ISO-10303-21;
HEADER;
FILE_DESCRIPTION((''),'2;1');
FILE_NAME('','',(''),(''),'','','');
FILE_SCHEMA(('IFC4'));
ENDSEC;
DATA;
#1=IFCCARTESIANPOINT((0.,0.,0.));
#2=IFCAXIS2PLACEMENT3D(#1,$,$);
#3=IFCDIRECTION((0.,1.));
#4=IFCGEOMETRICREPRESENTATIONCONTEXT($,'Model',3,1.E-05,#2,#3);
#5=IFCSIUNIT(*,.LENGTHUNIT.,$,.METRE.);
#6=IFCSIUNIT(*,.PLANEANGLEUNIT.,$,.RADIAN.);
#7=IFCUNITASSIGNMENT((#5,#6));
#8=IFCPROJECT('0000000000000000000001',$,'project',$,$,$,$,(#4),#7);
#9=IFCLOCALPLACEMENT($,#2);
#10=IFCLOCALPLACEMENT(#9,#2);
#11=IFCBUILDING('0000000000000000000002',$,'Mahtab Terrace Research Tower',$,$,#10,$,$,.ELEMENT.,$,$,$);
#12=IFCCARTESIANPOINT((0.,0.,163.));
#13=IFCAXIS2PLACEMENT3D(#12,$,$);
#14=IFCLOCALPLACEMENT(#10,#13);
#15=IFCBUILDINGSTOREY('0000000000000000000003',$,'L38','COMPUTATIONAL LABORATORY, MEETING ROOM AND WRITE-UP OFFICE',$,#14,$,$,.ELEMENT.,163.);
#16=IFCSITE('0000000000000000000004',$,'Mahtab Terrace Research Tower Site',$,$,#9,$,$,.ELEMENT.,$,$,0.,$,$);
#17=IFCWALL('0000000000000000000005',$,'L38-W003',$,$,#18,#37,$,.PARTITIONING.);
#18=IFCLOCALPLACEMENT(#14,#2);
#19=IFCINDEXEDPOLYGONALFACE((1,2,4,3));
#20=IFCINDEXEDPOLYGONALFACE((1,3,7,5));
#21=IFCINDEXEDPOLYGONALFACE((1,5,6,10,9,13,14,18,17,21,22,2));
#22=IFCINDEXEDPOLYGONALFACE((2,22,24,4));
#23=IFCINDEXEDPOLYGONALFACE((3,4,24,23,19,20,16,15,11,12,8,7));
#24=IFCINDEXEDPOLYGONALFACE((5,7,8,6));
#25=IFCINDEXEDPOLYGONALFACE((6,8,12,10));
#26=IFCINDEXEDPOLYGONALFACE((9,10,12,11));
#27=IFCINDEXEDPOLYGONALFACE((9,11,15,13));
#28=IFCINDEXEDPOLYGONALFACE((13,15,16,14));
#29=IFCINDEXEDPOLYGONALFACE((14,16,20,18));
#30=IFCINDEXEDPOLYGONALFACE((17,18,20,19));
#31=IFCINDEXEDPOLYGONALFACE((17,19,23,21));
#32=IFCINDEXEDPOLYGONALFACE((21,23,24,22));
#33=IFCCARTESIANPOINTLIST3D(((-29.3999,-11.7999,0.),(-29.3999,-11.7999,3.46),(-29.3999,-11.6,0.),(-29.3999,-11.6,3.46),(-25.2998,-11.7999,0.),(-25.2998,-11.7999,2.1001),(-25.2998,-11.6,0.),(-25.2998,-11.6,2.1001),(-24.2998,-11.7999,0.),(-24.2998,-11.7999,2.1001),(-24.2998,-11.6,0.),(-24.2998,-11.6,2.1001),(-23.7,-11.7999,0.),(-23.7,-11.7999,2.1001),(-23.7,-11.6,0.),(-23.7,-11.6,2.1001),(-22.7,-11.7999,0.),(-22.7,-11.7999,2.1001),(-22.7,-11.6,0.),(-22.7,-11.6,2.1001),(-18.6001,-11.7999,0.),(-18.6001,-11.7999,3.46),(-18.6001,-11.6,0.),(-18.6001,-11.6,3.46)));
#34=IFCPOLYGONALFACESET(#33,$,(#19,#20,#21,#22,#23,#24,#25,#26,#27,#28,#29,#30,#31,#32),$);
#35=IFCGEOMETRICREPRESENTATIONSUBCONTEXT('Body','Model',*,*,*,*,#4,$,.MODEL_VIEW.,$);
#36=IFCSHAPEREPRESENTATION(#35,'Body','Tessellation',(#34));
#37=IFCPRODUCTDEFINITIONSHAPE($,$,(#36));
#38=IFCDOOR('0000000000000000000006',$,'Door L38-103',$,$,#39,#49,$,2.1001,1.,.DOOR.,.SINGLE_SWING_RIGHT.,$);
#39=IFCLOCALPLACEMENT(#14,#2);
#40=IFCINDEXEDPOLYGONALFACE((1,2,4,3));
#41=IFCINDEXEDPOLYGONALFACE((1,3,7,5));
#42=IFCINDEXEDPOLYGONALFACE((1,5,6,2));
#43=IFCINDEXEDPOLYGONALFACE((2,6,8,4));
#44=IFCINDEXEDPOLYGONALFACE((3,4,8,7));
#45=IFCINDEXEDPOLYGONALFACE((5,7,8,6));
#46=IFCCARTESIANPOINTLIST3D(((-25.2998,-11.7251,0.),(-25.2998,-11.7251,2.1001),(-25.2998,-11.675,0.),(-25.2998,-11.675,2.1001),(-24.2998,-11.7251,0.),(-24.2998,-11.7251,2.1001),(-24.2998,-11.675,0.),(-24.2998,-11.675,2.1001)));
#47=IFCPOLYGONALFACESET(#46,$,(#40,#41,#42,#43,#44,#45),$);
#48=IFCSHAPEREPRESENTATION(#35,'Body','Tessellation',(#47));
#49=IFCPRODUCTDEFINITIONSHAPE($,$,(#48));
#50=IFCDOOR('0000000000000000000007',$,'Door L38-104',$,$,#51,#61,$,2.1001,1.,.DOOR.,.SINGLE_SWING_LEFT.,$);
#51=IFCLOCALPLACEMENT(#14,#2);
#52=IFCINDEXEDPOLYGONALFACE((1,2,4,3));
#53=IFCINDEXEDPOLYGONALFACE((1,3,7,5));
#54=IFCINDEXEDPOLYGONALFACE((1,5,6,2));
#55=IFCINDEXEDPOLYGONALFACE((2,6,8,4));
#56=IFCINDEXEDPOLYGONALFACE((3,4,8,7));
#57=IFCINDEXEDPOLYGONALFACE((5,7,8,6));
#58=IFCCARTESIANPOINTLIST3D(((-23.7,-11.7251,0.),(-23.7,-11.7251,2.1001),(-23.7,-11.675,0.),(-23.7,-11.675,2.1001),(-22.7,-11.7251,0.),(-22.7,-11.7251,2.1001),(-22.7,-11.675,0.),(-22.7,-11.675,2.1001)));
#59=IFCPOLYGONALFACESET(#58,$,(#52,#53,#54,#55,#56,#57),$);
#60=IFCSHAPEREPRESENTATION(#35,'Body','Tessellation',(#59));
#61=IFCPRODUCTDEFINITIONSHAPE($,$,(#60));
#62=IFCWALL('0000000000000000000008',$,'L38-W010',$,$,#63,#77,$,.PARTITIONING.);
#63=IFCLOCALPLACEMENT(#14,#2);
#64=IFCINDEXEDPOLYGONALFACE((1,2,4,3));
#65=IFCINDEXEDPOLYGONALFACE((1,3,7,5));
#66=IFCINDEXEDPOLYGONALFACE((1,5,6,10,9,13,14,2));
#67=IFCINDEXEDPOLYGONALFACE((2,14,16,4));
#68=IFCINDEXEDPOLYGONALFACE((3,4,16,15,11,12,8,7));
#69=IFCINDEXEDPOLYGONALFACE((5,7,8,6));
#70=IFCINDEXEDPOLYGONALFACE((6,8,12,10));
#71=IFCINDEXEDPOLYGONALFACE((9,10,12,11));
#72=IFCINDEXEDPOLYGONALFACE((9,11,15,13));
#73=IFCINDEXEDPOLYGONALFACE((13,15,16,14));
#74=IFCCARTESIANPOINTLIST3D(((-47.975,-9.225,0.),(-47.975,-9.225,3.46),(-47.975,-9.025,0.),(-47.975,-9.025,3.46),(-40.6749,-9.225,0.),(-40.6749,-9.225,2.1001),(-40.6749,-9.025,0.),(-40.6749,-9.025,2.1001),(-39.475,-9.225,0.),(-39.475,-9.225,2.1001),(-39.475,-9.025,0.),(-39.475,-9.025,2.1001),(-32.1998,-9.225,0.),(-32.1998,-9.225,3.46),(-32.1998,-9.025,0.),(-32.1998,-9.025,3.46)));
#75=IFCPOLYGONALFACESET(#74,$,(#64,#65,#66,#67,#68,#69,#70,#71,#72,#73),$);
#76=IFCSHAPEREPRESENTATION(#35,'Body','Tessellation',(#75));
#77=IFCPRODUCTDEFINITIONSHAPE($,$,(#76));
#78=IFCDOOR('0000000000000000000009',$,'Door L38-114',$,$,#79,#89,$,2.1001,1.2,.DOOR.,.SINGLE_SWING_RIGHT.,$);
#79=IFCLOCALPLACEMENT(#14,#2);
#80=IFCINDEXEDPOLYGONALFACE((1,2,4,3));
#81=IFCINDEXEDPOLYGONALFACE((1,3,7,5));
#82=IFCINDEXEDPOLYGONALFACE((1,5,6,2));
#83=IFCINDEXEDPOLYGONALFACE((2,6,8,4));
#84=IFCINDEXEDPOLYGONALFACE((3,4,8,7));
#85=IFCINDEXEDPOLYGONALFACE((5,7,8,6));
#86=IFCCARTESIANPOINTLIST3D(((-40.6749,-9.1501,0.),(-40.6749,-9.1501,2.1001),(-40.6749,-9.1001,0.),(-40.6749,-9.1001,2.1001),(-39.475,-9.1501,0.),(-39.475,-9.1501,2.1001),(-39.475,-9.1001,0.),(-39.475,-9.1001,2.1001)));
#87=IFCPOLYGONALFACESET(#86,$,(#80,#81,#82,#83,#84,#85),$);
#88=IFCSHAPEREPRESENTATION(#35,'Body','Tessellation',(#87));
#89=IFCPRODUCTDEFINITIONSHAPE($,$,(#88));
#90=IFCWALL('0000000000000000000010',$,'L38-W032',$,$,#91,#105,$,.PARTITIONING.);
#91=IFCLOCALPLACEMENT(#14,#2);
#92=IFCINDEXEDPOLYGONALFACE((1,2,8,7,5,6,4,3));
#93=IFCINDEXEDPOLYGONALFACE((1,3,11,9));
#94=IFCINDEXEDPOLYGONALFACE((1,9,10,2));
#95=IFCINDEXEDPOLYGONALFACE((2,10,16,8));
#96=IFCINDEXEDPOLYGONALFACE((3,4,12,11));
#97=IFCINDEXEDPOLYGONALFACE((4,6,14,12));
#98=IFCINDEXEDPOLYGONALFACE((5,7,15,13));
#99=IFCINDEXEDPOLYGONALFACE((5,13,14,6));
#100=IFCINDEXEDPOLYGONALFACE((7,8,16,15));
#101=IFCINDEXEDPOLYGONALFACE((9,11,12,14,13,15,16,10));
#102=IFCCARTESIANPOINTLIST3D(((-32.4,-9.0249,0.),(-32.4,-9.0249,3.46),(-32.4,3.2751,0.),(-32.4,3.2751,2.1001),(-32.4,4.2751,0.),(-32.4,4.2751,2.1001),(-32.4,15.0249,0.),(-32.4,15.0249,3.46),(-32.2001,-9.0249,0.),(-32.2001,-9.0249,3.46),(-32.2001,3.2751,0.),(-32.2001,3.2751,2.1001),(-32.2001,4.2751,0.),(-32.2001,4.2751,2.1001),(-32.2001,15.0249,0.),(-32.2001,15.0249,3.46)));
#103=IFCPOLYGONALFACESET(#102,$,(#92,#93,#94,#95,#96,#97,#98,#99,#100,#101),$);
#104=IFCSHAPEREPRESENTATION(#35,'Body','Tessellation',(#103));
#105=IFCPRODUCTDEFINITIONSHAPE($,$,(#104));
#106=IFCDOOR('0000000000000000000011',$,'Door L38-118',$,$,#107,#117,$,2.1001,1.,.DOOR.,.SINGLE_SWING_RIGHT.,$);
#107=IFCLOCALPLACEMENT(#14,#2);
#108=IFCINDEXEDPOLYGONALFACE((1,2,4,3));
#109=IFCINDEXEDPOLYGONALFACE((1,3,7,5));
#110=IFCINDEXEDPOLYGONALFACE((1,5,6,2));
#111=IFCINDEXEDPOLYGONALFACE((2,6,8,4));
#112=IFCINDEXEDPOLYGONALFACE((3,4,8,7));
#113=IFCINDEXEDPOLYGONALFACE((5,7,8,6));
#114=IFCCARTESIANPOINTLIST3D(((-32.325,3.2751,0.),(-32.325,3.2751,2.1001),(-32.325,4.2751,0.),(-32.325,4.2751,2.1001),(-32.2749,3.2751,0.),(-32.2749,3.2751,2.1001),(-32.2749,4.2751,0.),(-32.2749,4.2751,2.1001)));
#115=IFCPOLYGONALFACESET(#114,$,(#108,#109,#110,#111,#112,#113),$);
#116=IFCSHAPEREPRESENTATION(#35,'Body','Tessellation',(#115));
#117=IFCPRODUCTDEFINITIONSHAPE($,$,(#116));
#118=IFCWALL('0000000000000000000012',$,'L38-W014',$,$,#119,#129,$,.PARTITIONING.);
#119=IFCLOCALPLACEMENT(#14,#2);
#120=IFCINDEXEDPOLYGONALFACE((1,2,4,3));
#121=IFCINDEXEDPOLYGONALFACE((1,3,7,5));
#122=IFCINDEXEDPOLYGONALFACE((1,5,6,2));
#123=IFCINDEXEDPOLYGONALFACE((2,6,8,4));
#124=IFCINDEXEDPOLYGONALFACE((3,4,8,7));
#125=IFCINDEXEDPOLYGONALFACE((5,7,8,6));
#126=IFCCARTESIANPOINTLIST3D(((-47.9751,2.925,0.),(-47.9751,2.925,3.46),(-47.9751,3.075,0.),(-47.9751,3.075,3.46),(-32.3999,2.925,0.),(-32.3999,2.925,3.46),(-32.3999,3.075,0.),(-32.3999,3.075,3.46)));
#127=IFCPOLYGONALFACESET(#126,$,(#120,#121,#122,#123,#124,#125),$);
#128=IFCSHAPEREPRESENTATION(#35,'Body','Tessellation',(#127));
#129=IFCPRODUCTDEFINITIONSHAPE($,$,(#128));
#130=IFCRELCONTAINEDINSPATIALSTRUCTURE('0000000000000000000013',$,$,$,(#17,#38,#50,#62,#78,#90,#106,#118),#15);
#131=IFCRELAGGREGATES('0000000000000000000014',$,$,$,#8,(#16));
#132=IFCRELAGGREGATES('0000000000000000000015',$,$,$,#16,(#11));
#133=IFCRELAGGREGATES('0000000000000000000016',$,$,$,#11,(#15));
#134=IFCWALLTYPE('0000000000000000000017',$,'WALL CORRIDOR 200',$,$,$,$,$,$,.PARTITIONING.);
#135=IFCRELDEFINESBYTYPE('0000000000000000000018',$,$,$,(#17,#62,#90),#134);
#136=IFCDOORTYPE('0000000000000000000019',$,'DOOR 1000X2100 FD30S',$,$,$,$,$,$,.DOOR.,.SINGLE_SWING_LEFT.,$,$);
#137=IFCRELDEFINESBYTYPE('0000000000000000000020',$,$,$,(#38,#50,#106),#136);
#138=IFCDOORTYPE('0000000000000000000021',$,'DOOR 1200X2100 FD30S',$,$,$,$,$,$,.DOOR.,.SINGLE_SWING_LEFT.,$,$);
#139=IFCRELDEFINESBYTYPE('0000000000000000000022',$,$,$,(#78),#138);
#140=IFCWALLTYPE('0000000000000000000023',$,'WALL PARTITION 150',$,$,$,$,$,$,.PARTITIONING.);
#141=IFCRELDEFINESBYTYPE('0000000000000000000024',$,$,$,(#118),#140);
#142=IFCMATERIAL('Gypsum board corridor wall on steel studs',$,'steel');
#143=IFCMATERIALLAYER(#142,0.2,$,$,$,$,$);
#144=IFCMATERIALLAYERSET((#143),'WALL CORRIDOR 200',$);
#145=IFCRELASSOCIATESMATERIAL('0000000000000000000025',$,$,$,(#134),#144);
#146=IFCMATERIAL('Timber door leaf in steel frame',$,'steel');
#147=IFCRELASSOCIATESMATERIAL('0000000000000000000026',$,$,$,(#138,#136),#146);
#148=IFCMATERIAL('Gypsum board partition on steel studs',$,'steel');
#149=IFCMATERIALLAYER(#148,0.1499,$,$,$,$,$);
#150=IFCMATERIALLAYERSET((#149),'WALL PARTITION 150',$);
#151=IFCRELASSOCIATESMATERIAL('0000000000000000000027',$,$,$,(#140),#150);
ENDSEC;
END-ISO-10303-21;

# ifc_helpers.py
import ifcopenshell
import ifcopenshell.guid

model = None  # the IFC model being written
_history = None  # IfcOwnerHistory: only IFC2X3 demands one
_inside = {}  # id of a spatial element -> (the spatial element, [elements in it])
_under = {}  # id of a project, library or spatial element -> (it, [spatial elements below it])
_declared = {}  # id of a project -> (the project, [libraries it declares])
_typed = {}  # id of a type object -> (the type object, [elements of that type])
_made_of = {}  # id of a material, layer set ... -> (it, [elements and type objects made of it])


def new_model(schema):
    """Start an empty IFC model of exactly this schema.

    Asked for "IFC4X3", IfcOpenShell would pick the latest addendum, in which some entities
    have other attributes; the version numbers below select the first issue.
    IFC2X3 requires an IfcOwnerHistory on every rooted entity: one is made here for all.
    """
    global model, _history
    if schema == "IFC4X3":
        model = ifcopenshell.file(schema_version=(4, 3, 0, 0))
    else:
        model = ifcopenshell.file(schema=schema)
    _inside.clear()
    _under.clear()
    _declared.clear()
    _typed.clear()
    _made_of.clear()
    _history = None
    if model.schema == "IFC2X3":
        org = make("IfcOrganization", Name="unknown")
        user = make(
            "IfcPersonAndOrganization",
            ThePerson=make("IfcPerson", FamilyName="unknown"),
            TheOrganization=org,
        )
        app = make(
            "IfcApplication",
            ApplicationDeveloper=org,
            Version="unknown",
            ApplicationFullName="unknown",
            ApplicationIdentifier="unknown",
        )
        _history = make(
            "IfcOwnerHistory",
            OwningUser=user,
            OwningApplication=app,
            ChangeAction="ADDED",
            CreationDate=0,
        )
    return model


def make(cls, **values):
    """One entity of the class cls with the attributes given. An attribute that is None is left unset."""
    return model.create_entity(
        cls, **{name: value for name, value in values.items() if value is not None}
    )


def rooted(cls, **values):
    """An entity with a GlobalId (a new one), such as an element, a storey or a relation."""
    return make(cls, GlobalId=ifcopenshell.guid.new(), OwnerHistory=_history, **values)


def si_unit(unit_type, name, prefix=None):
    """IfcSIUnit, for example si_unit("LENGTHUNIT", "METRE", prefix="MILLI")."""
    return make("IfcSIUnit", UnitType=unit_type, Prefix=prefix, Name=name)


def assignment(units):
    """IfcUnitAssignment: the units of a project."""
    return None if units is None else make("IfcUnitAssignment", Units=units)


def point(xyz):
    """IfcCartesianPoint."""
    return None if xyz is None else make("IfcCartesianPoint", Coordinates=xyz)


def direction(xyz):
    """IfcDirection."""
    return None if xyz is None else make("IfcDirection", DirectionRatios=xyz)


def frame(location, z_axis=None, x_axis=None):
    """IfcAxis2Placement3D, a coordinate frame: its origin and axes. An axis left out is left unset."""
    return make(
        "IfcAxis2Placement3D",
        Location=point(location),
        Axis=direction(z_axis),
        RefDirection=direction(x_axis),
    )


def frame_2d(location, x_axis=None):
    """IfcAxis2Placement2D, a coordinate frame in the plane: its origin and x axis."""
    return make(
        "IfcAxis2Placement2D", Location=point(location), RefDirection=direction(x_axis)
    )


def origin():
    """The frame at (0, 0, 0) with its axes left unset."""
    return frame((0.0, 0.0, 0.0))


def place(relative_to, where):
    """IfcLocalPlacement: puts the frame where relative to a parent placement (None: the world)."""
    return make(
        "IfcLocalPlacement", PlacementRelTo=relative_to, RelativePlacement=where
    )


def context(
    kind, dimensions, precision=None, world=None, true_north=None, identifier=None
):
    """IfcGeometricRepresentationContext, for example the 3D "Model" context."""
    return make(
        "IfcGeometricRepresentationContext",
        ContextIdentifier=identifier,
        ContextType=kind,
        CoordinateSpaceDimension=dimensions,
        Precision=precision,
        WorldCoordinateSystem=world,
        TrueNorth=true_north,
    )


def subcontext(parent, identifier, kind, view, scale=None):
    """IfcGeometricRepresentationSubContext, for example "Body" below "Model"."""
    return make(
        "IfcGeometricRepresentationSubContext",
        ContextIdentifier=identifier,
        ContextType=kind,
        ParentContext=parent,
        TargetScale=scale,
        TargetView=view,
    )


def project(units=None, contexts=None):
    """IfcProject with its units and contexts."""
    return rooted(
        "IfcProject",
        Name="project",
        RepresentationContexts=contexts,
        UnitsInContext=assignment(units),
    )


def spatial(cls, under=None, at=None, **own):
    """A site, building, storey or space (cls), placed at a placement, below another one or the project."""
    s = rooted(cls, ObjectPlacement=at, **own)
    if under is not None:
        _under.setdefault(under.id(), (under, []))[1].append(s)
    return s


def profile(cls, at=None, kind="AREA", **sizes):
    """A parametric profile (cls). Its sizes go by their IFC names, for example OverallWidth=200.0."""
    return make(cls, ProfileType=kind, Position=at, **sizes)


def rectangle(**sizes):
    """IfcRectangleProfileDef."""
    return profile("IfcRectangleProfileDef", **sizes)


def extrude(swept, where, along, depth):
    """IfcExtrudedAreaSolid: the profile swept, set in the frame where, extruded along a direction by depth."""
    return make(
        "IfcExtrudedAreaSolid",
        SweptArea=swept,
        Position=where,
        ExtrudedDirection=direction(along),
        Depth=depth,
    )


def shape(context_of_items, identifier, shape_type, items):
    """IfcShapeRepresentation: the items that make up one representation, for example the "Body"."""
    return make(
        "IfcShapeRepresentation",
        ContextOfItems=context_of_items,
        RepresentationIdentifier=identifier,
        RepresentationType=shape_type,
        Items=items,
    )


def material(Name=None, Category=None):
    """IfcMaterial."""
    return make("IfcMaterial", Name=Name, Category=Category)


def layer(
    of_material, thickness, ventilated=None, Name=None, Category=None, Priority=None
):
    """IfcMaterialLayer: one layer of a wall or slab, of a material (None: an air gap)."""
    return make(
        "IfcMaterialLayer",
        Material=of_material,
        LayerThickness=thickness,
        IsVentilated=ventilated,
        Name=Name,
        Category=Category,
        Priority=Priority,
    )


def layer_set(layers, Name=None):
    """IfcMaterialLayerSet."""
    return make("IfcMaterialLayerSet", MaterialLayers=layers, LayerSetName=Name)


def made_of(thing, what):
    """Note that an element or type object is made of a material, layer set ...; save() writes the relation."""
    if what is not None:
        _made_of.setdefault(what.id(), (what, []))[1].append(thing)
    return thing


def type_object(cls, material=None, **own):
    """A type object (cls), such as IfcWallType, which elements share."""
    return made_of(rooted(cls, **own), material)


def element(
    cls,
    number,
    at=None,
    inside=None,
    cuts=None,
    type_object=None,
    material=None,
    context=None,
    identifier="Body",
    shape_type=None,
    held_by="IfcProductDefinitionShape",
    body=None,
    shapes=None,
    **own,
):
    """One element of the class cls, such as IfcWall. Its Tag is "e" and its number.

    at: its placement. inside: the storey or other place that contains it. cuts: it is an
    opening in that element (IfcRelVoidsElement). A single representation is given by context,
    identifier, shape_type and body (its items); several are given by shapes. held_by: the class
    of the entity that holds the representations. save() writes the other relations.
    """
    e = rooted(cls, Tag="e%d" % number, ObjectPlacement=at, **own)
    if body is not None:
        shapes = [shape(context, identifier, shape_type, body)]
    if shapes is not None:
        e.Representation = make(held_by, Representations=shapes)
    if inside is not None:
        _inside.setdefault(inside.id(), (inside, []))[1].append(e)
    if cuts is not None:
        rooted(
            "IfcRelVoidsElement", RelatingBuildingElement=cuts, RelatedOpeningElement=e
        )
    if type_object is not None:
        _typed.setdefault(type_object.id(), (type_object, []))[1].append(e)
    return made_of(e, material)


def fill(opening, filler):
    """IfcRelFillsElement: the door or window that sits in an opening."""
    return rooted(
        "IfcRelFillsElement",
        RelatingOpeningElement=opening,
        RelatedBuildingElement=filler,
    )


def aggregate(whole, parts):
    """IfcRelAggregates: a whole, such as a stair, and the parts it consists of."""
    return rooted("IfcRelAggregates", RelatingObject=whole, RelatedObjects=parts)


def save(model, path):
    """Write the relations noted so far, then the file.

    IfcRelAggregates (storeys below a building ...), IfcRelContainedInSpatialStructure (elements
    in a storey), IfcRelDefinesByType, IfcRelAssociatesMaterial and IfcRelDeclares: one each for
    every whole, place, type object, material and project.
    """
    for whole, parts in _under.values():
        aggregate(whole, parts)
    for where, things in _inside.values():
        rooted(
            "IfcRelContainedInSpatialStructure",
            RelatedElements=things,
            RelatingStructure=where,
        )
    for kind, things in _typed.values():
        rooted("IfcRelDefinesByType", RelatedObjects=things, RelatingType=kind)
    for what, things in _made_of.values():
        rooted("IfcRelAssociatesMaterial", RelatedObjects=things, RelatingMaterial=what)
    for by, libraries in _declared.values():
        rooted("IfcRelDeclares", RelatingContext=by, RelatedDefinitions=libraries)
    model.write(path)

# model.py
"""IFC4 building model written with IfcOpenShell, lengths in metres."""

from ifc_helpers import new_model, si_unit, direction, frame, frame_2d, origin, place, context, subcontext, project, spatial, rectangle, extrude, material, layer, layer_set, type_object, element, fill, save


model = new_model("IFC4")

# Units and contexts
model_context = context("Model", 3, precision=1e-05, world=origin(), true_north=direction((0.0, 1.0)))
body_context = subcontext(model_context, "Body", "Model", "MODEL_VIEW")
ifc_project = project(units=[si_unit("LENGTHUNIT", "METRE"), si_unit("PLANEANGLEUNIT", "RADIAN")], contexts=[model_context])

# Site, building, storey
site_placement = place(None, origin())
site = spatial("IfcSite", under=ifc_project, at=site_placement, Name="Mahtab Terrace Research Tower Site", CompositionType="ELEMENT", RefElevation=0.0)
building_placement = place(site_placement, origin())
building = spatial("IfcBuilding", under=site, at=building_placement, Name="Mahtab Terrace Research Tower", CompositionType="ELEMENT")
storey_placement = place(building_placement, frame((0.0, 0.0, 163.0)))
storey = spatial("IfcBuildingStorey", under=building, at=storey_placement, Name="L38", Description="COMPUTATIONAL LABORATORY, MEETING ROOM AND WRITE-UP OFFICE", CompositionType="ELEMENT", Elevation=163.0)

# Shared definitions
ifc_material_1 = material(Name="Gypsum board corridor wall on steel studs", Category="steel")
ifc_layer_1 = layer(ifc_material_1, 0.2)
ifc_layer_set_1 = layer_set([ifc_layer_1], Name="WALL CORRIDOR 200")
wall_type_1 = type_object("IfcWallType", Name="WALL CORRIDOR 200", PredefinedType="PARTITIONING", material=ifc_layer_set_1)
ifc_material_2 = material(Name="Timber door leaf in steel frame", Category="steel")
door_type_1 = type_object("IfcDoorType", Name="DOOR 1200X2100 FD30S", OperationType="SINGLE_SWING_LEFT", PredefinedType="DOOR", material=ifc_material_2)
door_type_2 = type_object("IfcDoorType", Name="DOOR 1000X2100 FD30S", OperationType="SINGLE_SWING_LEFT", PredefinedType="DOOR", material=ifc_material_2)

# Wall, openings, doors
wall_1_placement = place(storey_placement, frame((-29.3999, -11.7, 0.0), z_axis=(0.0, 0.0, 1.0), x_axis=(1.0, 0.0, 0.0)))
wall_1 = element("IfcWall", 1, at=wall_1_placement, inside=storey, type_object=wall_type_1, Name="L38-W003", PredefinedType="PARTITIONING", context=body_context, shape_type="SweptSolid", body=[
    extrude(rectangle(XDim=10.7998, YDim=0.2, at=frame_2d((5.3999, 0.0))), origin(), (0.0, 0.0, 1.0), 3.46),
])
opening_1_placement = place(wall_1_placement, frame((4.1001, 0.0, 0.0)))
opening_1 = element("IfcOpeningElement", 2, at=opening_1_placement, cuts=wall_1, PredefinedType="OPENING", context=body_context, shape_type="SweptSolid", body=[
    extrude(rectangle(XDim=1.0, YDim=2.1001, at=frame_2d((0.5, 1.05))), frame((0.0, 0.1099, 0.0), z_axis=(0.0, -1.0, 0.0), x_axis=(1.0, 0.0, 0.0)), (0.0, 0.0, 1.0), 0.22),
])
opening_2_placement = place(wall_1_placement, frame((5.7, 0.0, 0.0)))
opening_2 = element("IfcOpeningElement", 3, at=opening_2_placement, cuts=wall_1, PredefinedType="OPENING", context=body_context, shape_type="SweptSolid", body=[
    extrude(rectangle(XDim=1.0, YDim=2.1001, at=frame_2d((0.5, 1.05))), frame((0.0, 0.1099, 0.0), z_axis=(0.0, -1.0, 0.0), x_axis=(1.0, 0.0, 0.0)), (0.0, 0.0, 1.0), 0.22),
])
door_1_placement = place(opening_1_placement, origin())
door_1 = element("IfcDoor", 4, at=door_1_placement, inside=storey, type_object=door_type_2, Name="Door L38-103", OperationType="SINGLE_SWING_RIGHT", OverallHeight=2.1001, OverallWidth=1.0, PredefinedType="DOOR", context=body_context, shape_type="SweptSolid", body=[
    extrude(rectangle(XDim=1.0, YDim=2.1001, at=frame_2d((0.5, 1.05))), frame((0.0, 0.0249, 0.0), z_axis=(0.0, -1.0, 0.0), x_axis=(1.0, 0.0, 0.0)), (0.0, 0.0, 1.0), 0.05),
])
fill(opening_1, door_1)
door_2_placement = place(opening_2_placement, origin())
door_2 = element("IfcDoor", 5, at=door_2_placement, inside=storey, type_object=door_type_2, Name="Door L38-104", OperationType="SINGLE_SWING_LEFT", OverallHeight=2.1001, OverallWidth=1.0, PredefinedType="DOOR", context=body_context, shape_type="SweptSolid", body=[
    extrude(rectangle(XDim=1.0, YDim=2.1001, at=frame_2d((0.5, 1.05))), frame((0.0, 0.0249, 0.0), z_axis=(0.0, -1.0, 0.0), x_axis=(1.0, 0.0, 0.0)), (0.0, 0.0, 1.0), 0.05),
])
fill(opening_2, door_2)

# Walls, openings, doors
wall_2_placement = place(storey_placement, frame((-47.9751, -9.125, 0.0), z_axis=(0.0, 0.0, 1.0), x_axis=(1.0, 0.0, 0.0)))
wall_2 = element("IfcWall", 6, at=wall_2_placement, inside=storey, type_object=wall_type_1, Name="L38-W010", PredefinedType="PARTITIONING", context=body_context, shape_type="SweptSolid", body=[
    extrude(rectangle(XDim=15.7751, YDim=0.2, at=frame_2d((7.8877, 0.0))), origin(), (0.0, 0.0, 1.0), 3.46),
])
opening_3_placement = place(wall_2_placement, frame((7.3, 0.0, 0.0)))
opening_3 = element("IfcOpeningElement", 7, at=opening_3_placement, cuts=wall_2, PredefinedType="OPENING", context=body_context, shape_type="SweptSolid", body=[
    extrude(rectangle(XDim=1.2, YDim=2.1001, at=frame_2d((0.6001, 1.05))), frame((0.0, 0.1099, 0.0), z_axis=(0.0, -1.0, 0.0), x_axis=(1.0, 0.0, 0.0)), (0.0, 0.0, 1.0), 0.22),
])
door_3_placement = place(opening_3_placement, origin())
door_3 = element("IfcDoor", 8, at=door_3_placement, inside=storey, type_object=door_type_1, Name="Door L38-114", OperationType="SINGLE_SWING_RIGHT", OverallHeight=2.1001, OverallWidth=1.2, PredefinedType="DOOR", context=body_context, shape_type="SweptSolid", body=[
    extrude(rectangle(XDim=1.2, YDim=2.1001, at=frame_2d((0.6001, 1.05))), frame((0.0, 0.0249, 0.0), z_axis=(0.0, -1.0, 0.0), x_axis=(1.0, 0.0, 0.0)), (0.0, 0.0, 1.0), 0.05),
])
fill(opening_3, door_3)
wall_3_placement = place(storey_placement, frame((-32.3, -9.0249, 0.0), z_axis=(0.0, 0.0, 1.0), x_axis=(0.0, 1.0, 0.0)))
wall_3 = element("IfcWall", 9, at=wall_3_placement, inside=storey, type_object=wall_type_1, Name="L38-W032", PredefinedType="PARTITIONING", context=body_context, shape_type="SweptSolid", body=[
    extrude(rectangle(XDim=24.0498, YDim=0.2, at=frame_2d((12.0249, 0.0))), origin(), (0.0, 0.0, 1.0), 3.46),
])
opening_4_placement = place(wall_3_placement, frame((12.3, 0.0, 0.0)))
opening_4 = element("IfcOpeningElement", 10, at=opening_4_placement, cuts=wall_3, PredefinedType="OPENING", context=body_context, shape_type="SweptSolid", body=[
    extrude(rectangle(XDim=1.0, YDim=2.1001, at=frame_2d((0.5, 1.05))), frame((0.0, 0.1099, 0.0), z_axis=(0.0, -1.0, 0.0), x_axis=(1.0, 0.0, 0.0)), (0.0, 0.0, 1.0), 0.22),
])
door_4_placement = place(opening_4_placement, origin())
door_4 = element("IfcDoor", 11, at=door_4_placement, inside=storey, type_object=door_type_2, Name="Door L38-118", OperationType="SINGLE_SWING_RIGHT", OverallHeight=2.1001, OverallWidth=1.0, PredefinedType="DOOR", context=body_context, shape_type="SweptSolid", body=[
    extrude(rectangle(XDim=1.0, YDim=2.1001, at=frame_2d((0.5, 1.05))), frame((0.0, 0.0249, 0.0), z_axis=(0.0, -1.0, 0.0), x_axis=(1.0, 0.0, 0.0)), (0.0, 0.0, 1.0), 0.05),
])
fill(opening_4, door_4)

# Wall
ifc_material_3 = material(Name="Gypsum board partition on steel studs", Category="steel")
ifc_layer_2 = layer(ifc_material_3, 0.1499)
ifc_layer_set_2 = layer_set([ifc_layer_2], Name="WALL PARTITION 150")
wall_type_2 = type_object("IfcWallType", Name="WALL PARTITION 150", PredefinedType="PARTITIONING", material=ifc_layer_set_2)
wall_4_placement = place(storey_placement, frame((-47.9751, 3.0, 0.0), z_axis=(0.0, 0.0, 1.0), x_axis=(1.0, 0.0, 0.0)))
element("IfcWall", 12, at=wall_4_placement, inside=storey, type_object=wall_type_2, Name="L38-W014", PredefinedType="PARTITIONING", context=body_context, shape_type="SweptSolid", body=[
    extrude(rectangle(XDim=15.5752, YDim=0.1499, at=frame_2d((7.7876, 0.0))), origin(), (0.0, 0.0, 1.0), 3.46),
])

save(model, "model.ifc")
